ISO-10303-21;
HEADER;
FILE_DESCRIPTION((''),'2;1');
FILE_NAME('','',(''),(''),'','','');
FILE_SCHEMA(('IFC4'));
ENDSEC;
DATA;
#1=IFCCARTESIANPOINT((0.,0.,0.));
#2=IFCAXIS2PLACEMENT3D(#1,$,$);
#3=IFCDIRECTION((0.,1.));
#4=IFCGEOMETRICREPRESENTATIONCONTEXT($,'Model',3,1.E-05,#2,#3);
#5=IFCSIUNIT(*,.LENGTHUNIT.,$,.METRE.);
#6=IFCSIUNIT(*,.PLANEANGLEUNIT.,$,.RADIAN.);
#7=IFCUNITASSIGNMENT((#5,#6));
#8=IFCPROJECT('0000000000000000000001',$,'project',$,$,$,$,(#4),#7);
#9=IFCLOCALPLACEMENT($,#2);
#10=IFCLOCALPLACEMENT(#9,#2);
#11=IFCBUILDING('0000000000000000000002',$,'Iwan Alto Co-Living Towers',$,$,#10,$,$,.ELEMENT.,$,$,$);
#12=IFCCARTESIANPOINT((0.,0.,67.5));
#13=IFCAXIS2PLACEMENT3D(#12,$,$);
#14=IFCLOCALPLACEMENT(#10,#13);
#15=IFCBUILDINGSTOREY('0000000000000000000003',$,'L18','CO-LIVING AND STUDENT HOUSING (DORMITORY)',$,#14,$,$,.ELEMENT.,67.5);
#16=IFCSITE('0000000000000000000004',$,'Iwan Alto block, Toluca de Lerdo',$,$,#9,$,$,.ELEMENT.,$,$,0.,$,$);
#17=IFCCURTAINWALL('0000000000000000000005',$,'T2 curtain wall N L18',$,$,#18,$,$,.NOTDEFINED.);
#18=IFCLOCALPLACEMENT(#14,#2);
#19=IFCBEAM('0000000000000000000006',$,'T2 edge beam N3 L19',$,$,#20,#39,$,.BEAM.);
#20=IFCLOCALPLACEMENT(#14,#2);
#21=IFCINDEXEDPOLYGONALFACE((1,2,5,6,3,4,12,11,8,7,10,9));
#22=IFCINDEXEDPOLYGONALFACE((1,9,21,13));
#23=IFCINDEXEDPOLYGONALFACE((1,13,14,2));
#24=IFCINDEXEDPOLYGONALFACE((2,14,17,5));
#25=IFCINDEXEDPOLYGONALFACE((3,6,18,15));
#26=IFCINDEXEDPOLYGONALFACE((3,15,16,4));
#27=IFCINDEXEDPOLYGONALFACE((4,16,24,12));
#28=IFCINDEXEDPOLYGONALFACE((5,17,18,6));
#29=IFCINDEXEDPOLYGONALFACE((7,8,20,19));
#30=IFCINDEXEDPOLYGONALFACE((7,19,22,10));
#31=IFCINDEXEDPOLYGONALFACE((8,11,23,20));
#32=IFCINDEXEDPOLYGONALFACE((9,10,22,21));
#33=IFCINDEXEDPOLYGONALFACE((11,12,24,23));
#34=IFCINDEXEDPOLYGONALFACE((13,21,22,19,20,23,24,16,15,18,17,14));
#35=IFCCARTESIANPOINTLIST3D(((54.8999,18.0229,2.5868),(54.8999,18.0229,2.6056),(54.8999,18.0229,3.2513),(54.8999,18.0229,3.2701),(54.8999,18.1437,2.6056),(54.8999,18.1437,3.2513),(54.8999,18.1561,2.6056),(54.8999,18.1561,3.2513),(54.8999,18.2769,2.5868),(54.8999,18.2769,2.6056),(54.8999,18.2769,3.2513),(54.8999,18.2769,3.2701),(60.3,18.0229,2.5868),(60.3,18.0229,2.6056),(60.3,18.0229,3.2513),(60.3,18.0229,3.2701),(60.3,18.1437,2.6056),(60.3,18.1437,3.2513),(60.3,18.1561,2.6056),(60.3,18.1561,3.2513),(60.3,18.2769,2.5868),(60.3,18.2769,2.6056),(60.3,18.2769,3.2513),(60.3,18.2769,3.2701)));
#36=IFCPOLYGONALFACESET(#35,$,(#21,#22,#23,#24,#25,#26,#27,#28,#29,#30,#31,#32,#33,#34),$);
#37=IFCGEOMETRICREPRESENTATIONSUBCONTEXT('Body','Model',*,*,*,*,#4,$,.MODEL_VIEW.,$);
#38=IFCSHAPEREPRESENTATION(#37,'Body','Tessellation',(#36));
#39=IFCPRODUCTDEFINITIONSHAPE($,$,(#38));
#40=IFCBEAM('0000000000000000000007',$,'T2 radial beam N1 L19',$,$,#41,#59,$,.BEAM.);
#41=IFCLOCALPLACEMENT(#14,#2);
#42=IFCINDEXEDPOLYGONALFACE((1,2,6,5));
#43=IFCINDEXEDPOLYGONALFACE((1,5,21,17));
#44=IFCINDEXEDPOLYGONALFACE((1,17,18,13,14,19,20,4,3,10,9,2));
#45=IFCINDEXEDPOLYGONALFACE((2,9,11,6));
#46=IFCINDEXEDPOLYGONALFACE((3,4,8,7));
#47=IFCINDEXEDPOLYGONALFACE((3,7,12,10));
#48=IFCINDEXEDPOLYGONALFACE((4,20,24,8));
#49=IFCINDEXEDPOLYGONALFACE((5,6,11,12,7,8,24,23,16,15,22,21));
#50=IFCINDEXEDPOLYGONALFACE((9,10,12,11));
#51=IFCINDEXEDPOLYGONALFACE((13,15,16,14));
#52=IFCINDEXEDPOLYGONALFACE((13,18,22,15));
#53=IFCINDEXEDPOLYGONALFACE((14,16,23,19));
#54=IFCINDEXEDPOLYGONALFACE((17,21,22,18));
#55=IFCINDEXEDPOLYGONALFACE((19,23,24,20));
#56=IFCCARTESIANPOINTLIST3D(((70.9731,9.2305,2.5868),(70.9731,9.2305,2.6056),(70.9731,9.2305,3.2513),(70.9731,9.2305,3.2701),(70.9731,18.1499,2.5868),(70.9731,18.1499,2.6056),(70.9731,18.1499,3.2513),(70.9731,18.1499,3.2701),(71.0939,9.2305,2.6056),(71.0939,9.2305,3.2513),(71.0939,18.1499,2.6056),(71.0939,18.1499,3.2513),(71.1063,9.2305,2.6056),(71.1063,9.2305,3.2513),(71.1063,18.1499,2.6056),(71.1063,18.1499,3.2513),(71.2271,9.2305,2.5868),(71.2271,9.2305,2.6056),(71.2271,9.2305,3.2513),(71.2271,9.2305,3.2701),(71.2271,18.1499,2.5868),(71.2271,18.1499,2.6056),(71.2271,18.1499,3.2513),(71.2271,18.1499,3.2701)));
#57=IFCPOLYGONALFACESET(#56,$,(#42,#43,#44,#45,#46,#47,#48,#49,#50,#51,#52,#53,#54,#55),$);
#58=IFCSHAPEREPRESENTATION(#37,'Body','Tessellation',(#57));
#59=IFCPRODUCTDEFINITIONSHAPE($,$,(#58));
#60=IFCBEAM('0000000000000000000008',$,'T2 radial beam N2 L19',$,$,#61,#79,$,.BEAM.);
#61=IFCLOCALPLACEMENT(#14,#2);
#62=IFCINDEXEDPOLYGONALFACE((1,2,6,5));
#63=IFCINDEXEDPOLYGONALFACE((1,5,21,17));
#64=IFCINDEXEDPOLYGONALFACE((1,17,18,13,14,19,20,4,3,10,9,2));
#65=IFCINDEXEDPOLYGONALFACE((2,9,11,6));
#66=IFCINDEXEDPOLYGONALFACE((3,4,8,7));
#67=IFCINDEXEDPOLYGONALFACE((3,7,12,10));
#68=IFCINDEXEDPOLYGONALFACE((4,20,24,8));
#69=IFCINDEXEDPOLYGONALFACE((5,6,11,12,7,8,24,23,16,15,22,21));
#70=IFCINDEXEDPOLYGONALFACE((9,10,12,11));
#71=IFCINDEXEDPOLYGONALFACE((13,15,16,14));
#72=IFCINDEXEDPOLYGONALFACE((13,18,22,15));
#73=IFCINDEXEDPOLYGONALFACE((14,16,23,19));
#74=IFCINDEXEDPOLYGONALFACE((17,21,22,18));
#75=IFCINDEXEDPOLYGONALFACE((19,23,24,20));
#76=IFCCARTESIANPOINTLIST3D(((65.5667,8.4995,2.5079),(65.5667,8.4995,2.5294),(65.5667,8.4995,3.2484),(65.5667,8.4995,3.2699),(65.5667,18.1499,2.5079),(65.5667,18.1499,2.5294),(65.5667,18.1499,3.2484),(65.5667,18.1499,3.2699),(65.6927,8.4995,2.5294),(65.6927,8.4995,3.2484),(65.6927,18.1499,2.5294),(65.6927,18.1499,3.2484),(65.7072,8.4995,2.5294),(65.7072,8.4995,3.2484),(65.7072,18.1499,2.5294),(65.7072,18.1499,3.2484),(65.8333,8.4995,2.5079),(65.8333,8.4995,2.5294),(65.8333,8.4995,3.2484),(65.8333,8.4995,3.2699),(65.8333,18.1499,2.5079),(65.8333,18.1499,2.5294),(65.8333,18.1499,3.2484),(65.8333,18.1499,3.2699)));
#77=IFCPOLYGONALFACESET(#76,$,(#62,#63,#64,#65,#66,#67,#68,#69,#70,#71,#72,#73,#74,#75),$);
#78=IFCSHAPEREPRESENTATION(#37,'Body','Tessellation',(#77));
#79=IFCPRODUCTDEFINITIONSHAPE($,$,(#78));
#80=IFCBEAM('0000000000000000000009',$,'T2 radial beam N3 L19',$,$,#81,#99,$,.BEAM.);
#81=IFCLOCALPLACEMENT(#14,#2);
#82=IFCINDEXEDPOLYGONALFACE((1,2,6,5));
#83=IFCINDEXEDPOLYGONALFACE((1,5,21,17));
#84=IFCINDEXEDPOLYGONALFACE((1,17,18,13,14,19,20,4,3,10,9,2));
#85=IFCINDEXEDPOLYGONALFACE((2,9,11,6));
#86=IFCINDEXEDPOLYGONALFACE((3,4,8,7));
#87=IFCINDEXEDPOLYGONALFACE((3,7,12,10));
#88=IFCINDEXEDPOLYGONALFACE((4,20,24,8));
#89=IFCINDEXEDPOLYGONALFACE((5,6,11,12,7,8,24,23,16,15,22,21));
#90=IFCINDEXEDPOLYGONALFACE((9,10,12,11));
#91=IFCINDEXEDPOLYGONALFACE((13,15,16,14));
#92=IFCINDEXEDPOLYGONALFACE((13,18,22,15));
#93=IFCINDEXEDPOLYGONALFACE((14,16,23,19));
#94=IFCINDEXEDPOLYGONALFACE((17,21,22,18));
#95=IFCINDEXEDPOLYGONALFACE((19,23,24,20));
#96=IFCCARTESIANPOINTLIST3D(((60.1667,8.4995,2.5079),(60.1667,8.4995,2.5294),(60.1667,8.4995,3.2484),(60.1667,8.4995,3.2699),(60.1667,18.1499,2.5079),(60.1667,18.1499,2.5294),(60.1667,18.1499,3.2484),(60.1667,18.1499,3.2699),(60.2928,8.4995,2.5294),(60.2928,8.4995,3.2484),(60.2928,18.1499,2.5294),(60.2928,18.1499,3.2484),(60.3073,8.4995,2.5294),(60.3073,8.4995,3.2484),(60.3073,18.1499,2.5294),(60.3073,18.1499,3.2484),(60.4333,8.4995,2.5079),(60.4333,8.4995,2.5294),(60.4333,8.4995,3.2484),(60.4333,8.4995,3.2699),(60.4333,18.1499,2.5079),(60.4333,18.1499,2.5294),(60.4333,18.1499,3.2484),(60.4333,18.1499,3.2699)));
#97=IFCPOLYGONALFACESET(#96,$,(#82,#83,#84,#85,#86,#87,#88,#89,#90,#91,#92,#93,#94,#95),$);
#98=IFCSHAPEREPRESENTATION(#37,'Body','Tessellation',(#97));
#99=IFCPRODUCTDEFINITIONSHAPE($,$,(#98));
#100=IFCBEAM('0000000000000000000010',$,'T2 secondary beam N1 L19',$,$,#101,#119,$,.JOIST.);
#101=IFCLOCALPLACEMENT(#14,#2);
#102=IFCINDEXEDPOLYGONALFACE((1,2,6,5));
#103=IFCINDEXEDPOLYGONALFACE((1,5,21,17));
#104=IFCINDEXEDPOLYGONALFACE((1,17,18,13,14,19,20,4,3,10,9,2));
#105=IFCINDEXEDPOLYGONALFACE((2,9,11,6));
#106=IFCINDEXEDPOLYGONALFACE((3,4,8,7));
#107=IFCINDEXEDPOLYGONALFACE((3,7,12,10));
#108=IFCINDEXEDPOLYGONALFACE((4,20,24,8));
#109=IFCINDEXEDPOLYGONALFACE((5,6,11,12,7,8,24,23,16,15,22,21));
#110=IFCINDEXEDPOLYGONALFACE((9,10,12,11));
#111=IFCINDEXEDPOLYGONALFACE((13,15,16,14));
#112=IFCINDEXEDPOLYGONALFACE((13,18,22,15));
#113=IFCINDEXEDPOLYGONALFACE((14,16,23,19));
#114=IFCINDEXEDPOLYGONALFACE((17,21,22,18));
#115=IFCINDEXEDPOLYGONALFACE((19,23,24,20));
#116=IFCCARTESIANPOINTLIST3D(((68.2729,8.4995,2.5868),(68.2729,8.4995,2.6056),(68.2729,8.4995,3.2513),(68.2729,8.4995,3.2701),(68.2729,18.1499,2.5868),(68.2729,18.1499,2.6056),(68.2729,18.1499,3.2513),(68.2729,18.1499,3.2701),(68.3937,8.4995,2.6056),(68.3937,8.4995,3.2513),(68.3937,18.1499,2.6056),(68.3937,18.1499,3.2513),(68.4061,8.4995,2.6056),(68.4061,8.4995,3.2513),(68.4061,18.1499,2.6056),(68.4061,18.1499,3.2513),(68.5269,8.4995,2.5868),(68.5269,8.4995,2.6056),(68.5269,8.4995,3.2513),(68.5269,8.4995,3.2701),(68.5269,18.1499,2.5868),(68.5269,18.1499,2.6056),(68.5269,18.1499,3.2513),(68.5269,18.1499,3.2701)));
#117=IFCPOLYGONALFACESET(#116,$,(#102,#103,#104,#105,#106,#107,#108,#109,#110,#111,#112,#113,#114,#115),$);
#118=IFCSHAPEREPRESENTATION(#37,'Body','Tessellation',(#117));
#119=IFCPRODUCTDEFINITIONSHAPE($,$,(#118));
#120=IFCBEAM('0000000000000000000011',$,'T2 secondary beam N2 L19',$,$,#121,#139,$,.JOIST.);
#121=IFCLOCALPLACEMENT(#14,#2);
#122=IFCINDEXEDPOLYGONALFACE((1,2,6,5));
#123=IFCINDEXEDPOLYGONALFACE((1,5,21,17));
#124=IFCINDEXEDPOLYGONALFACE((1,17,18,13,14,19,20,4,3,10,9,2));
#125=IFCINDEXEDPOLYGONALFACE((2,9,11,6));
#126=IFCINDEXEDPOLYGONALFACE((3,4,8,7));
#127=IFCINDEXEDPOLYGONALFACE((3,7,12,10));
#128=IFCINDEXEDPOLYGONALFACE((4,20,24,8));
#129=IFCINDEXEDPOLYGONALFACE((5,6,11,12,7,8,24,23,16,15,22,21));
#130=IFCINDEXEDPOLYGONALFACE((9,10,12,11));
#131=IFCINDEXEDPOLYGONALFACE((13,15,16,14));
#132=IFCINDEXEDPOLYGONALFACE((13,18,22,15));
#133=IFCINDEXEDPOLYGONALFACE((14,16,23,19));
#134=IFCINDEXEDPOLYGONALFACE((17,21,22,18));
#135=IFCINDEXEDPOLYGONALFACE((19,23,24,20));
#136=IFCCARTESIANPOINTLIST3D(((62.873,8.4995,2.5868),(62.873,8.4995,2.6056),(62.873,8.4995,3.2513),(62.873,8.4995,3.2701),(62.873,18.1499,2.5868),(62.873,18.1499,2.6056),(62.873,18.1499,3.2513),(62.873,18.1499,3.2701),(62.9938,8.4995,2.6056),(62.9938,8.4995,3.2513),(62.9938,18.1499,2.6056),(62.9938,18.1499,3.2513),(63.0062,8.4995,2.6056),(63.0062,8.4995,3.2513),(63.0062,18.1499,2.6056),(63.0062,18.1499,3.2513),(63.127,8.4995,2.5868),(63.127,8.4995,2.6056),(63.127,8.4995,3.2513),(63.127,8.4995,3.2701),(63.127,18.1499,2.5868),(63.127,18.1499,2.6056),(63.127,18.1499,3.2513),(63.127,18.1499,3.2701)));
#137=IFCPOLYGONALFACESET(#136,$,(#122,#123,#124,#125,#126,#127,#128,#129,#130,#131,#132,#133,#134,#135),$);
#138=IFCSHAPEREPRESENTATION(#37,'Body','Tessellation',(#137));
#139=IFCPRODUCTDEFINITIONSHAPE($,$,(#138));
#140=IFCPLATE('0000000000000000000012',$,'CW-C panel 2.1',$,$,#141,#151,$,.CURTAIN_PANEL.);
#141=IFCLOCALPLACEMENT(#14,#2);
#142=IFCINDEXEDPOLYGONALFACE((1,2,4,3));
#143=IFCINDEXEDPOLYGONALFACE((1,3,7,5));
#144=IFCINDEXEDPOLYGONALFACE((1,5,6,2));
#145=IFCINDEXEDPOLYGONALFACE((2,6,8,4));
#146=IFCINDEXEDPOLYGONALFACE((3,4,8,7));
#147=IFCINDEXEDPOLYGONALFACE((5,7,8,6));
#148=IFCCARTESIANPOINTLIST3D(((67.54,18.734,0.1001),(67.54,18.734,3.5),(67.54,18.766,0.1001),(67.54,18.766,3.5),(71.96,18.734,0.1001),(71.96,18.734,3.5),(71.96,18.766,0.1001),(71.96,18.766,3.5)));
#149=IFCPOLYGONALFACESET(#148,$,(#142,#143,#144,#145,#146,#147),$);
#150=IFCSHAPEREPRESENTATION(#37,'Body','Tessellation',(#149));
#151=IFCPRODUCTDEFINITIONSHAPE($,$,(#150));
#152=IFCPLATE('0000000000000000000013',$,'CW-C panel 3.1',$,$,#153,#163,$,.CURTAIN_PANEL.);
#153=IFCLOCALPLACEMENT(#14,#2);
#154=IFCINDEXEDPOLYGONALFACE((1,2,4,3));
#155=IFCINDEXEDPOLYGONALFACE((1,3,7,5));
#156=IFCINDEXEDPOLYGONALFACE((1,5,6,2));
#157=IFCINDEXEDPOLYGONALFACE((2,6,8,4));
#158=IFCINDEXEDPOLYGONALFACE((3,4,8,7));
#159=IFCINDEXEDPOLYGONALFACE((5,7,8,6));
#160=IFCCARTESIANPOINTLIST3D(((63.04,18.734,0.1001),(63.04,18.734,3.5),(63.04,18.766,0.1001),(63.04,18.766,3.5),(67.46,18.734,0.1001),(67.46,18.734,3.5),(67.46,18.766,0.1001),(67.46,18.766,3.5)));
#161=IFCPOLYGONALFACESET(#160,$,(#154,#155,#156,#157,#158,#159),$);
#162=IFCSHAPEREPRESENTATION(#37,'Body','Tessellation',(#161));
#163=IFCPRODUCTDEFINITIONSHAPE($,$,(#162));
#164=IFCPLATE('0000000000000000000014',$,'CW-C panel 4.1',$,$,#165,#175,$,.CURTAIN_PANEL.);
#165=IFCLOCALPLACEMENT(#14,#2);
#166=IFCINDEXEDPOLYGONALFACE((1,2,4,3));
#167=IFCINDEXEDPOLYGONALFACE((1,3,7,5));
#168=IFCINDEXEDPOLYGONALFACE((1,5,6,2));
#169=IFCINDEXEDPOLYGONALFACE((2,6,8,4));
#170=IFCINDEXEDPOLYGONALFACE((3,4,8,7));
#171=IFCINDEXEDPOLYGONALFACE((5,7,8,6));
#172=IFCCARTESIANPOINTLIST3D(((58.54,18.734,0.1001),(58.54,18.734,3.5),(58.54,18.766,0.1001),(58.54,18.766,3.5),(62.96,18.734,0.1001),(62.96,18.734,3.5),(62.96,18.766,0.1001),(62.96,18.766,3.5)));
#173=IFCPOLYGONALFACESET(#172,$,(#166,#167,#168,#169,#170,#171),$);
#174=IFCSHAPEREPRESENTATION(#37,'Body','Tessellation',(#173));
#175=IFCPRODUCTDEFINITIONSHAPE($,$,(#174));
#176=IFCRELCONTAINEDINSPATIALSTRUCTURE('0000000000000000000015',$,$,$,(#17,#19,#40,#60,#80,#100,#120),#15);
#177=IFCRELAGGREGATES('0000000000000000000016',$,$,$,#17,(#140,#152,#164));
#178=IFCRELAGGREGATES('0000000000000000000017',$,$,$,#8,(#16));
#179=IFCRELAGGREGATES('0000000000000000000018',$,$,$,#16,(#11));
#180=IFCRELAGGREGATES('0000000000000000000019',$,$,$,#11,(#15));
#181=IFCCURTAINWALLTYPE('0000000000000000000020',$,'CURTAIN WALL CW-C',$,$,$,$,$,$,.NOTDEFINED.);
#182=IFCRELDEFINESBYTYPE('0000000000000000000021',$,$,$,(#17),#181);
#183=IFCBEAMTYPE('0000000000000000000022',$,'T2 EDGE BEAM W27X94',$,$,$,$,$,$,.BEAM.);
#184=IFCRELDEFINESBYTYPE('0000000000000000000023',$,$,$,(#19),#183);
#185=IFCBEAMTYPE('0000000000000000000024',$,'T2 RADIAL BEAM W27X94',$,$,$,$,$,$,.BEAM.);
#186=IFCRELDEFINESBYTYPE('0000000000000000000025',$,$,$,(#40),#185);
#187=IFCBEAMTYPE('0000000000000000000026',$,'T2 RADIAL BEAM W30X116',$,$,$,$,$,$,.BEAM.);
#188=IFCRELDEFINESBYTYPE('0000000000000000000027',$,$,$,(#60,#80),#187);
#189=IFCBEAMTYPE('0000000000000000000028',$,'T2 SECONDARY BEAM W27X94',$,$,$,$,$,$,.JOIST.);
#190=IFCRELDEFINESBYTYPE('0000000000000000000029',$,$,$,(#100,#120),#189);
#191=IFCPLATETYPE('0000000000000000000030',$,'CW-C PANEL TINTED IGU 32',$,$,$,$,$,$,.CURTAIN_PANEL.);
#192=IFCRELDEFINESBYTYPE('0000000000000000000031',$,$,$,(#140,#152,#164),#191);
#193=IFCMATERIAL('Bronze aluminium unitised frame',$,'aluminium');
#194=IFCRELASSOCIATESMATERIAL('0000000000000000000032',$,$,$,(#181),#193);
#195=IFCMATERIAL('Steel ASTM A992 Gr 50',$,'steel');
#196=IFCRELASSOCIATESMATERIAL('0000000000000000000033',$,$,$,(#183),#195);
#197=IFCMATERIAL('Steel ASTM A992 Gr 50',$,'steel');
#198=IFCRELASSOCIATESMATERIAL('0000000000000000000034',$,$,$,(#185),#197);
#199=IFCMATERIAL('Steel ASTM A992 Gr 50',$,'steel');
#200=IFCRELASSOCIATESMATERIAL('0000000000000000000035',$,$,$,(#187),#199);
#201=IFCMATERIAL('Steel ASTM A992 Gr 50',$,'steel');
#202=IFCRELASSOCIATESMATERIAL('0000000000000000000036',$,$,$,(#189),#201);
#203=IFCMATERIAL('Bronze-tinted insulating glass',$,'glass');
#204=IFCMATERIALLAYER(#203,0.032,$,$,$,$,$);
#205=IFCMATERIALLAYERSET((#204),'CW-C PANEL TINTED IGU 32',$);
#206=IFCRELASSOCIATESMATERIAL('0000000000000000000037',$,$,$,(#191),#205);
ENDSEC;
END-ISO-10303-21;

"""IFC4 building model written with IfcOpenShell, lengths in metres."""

from ifc_helpers import new_model, si_unit, direction, frame, origin, origin_2d, place, context, subcontext, project, spatial, rectangle, i_section, extrude, material, layer, layer_set, material_profile, profile_set, type_object, element, aggregate, save


model = new_model("IFC4")

# Units and contexts
model_context = context("Model", 3, precision=1e-05, world=origin(), true_north=direction((0.0, 1.0)))
body_context = subcontext(model_context, "Body", "Model", "MODEL_VIEW")
ifc_project = project(units=[si_unit("LENGTHUNIT", "METRE"), si_unit("PLANEANGLEUNIT", "RADIAN")], contexts=[model_context])

# Site, building, storey
site_placement = place(None, origin())
site = spatial("IfcSite", under=ifc_project, at=site_placement, Name="Iwan Alto block, Toluca de Lerdo", CompositionType="ELEMENT", RefElevation=0.0)
building_placement = place(site_placement, origin())
building = spatial("IfcBuilding", under=site, at=building_placement, Name="Iwan Alto Co-Living Towers", CompositionType="ELEMENT")
storey_placement = place(building_placement, frame((0.0, 0.0, 67.5)))
storey = spatial("IfcBuildingStorey", under=building, at=storey_placement, Name="L18", Description="CO-LIVING AND STUDENT HOUSING (DORMITORY)", CompositionType="ELEMENT", Elevation=67.5)

# Curtain wall
ifc_material_1 = material(Name="Bronze aluminium unitised frame", Category="aluminium")
curtain_wall_type = type_object("IfcCurtainWallType", Name="CURTAIN WALL CW-C", PredefinedType="NOTDEFINED", material=ifc_material_1)
curtain_wall_placement = place(storey_placement, origin())
curtain_wall = element("IfcCurtainWall", 1, at=curtain_wall_placement, inside=storey, type_object=curtain_wall_type, Name="T2 curtain wall N L18", PredefinedType="NOTDEFINED")

# Beams
ifc_material_2 = material(Name="Steel ASTM A992 Gr 50", Category="steel")
ifc_material_profile_1 = material_profile(ifc_material_2, i_section(OverallWidth=0.2539, OverallDepth=0.6833, WebThickness=0.0125, FlangeThickness=0.0188, at=origin_2d()), Name="W27X94")
ifc_profile_set_1 = profile_set([ifc_material_profile_1], Name="Steel ASTM A992 Gr 50")
beam_type_1 = type_object("IfcBeamType", Name="T2 EDGE BEAM W27X94", PredefinedType="BEAM", material=ifc_profile_set_1)
beam_1_placement = place(storey_placement, frame((60.3, 18.1499, 2.9285), z_axis=(-1.0, 0.0, 0.0), x_axis=(0.0, -1.0, 0.0)))
element("IfcBeam", 2, at=beam_1_placement, inside=storey, type_object=beam_type_1, Name="T2 edge beam N3 L19", PredefinedType="BEAM", context=body_context, shape_type="SweptSolid", body=[
    extrude(i_section(OverallWidth=0.2539, OverallDepth=0.6833, WebThickness=0.0125, FlangeThickness=0.0188, at=origin_2d()), origin(), (0.0, 0.0, 1.0), 5.4001),
])
ifc_material_3 = material(Name="Steel ASTM A992 Gr 50", Category="steel")
ifc_material_profile_2 = material_profile(ifc_material_3, i_section(OverallWidth=0.2539, OverallDepth=0.6833, WebThickness=0.0125, FlangeThickness=0.0188, at=origin_2d()), Name="W27X94")
ifc_profile_set_2 = profile_set([ifc_material_profile_2], Name="Steel ASTM A992 Gr 50")
beam_type_2 = type_object("IfcBeamType", Name="T2 RADIAL BEAM W27X94", PredefinedType="BEAM", material=ifc_profile_set_2)
beam_2_placement = place(storey_placement, frame((71.1001, 18.1499, 2.9285), z_axis=(0.0, -1.0, 0.0), x_axis=(1.0, 0.0, 0.0)))
element("IfcBeam", 3, at=beam_2_placement, inside=storey, type_object=beam_type_2, Name="T2 radial beam N1 L19", PredefinedType="BEAM", context=body_context, shape_type="SweptSolid", body=[
    extrude(i_section(OverallWidth=0.2539, OverallDepth=0.6833, WebThickness=0.0125, FlangeThickness=0.0188, at=origin_2d()), origin(), (0.0, 0.0, 1.0), 8.9194),
])
ifc_material_4 = material(Name="Steel ASTM A992 Gr 50", Category="steel")
ifc_material_profile_3 = material_profile(ifc_material_4, i_section(OverallWidth=0.2666, OverallDepth=0.762, WebThickness=0.0144, FlangeThickness=0.0215, at=origin_2d()), Name="W30X116")
ifc_profile_set_3 = profile_set([ifc_material_profile_3], Name="Steel ASTM A992 Gr 50")
beam_type_3 = type_object("IfcBeamType", Name="T2 RADIAL BEAM W30X116", PredefinedType="BEAM", material=ifc_profile_set_3)
for number, where, z_axis, x_axis, name in (
    (4, (65.7, 18.1499, 2.8889), (0.0, -1.0, 0.0), (1.0, 0.0, 0.0), "T2 radial beam N2 L19"),
    (5, (60.3, 18.1499, 2.8889), (0.0, -1.0, 0.0), (1.0, 0.0, 0.0), "T2 radial beam N3 L19"),
):
    element("IfcBeam", number, at=place(storey_placement, frame(where, z_axis=z_axis, x_axis=x_axis)), inside=storey, type_object=beam_type_3, Name=name, PredefinedType="BEAM", context=body_context, shape_type="SweptSolid", body=[
        extrude(i_section(OverallWidth=0.2666, OverallDepth=0.762, WebThickness=0.0144, FlangeThickness=0.0215, at=origin_2d()), origin(), (0.0, 0.0, 1.0), 9.6504),
    ])
ifc_material_5 = material(Name="Steel ASTM A992 Gr 50", Category="steel")
ifc_material_profile_4 = material_profile(ifc_material_5, i_section(OverallWidth=0.2539, OverallDepth=0.6833, WebThickness=0.0125, FlangeThickness=0.0188, at=origin_2d()), Name="W27X94")
ifc_profile_set_4 = profile_set([ifc_material_profile_4], Name="Steel ASTM A992 Gr 50")
beam_type_4 = type_object("IfcBeamType", Name="T2 SECONDARY BEAM W27X94", PredefinedType="JOIST", material=ifc_profile_set_4)
for number, where, z_axis, x_axis, name in (
    (6, (68.3999, 18.1499, 2.9285), (0.0, -1.0, 0.0), (1.0, 0.0, 0.0), "T2 secondary beam N1 L19"),
    (7, (63.0, 18.1499, 2.9285), (0.0, -1.0, 0.0), (1.0, 0.0, 0.0), "T2 secondary beam N2 L19"),
):
    element("IfcBeam", number, at=place(storey_placement, frame(where, z_axis=z_axis, x_axis=x_axis)), inside=storey, type_object=beam_type_4, Name=name, PredefinedType="JOIST", context=body_context, shape_type="SweptSolid", body=[
        extrude(i_section(OverallWidth=0.2539, OverallDepth=0.6833, WebThickness=0.0125, FlangeThickness=0.0188, at=origin_2d()), origin(), (0.0, 0.0, 1.0), 9.6504),
    ])

# Plates
ifc_material_6 = material(Name="Bronze-tinted insulating glass", Category="glass")
ifc_layer_1 = layer(ifc_material_6, 0.032)
ifc_layer_set_1 = layer_set([ifc_layer_1], Name="CW-C PANEL TINTED IGU 32")
plate_type = type_object("IfcPlateType", Name="CW-C PANEL TINTED IGU 32", PredefinedType="CURTAIN_PANEL", material=ifc_layer_set_1)
plate_1_placement = place(storey_placement, frame((69.75, 18.75, 0.1001), z_axis=(0.0, 0.0, 1.0), x_axis=(-1.0, 0.0, 0.0)))
plate_1 = element("IfcPlate", 8, at=plate_1_placement, type_object=plate_type, Name="CW-C panel 2.1", PredefinedType="CURTAIN_PANEL", context=body_context, shape_type="SweptSolid", body=[
    extrude(rectangle(XDim=4.4199, YDim=0.032, at=origin_2d()), origin(), (0.0, 0.0, 1.0), 3.3999),
])
plate_2_placement = place(storey_placement, frame((65.25, 18.75, 0.1001), z_axis=(0.0, 0.0, 1.0), x_axis=(-1.0, 0.0, 0.0)))
plate_2 = element("IfcPlate", 9, at=plate_2_placement, type_object=plate_type, Name="CW-C panel 3.1", PredefinedType="CURTAIN_PANEL", context=body_context, shape_type="SweptSolid", body=[
    extrude(rectangle(XDim=4.4199, YDim=0.032, at=origin_2d()), origin(), (0.0, 0.0, 1.0), 3.3999),
])
plate_3_placement = place(storey_placement, frame((60.75, 18.75, 0.1001), z_axis=(0.0, 0.0, 1.0), x_axis=(-1.0, 0.0, 0.0)))
plate_3 = element("IfcPlate", 10, at=plate_3_placement, type_object=plate_type, Name="CW-C panel 4.1", PredefinedType="CURTAIN_PANEL", context=body_context, shape_type="SweptSolid", body=[
    extrude(rectangle(XDim=4.4199, YDim=0.032, at=origin_2d()), origin(), (0.0, 0.0, 1.0), 3.3999),
])
aggregate(curtain_wall, [plate_1, plate_2, plate_3])

save(model, "model.ifc")
